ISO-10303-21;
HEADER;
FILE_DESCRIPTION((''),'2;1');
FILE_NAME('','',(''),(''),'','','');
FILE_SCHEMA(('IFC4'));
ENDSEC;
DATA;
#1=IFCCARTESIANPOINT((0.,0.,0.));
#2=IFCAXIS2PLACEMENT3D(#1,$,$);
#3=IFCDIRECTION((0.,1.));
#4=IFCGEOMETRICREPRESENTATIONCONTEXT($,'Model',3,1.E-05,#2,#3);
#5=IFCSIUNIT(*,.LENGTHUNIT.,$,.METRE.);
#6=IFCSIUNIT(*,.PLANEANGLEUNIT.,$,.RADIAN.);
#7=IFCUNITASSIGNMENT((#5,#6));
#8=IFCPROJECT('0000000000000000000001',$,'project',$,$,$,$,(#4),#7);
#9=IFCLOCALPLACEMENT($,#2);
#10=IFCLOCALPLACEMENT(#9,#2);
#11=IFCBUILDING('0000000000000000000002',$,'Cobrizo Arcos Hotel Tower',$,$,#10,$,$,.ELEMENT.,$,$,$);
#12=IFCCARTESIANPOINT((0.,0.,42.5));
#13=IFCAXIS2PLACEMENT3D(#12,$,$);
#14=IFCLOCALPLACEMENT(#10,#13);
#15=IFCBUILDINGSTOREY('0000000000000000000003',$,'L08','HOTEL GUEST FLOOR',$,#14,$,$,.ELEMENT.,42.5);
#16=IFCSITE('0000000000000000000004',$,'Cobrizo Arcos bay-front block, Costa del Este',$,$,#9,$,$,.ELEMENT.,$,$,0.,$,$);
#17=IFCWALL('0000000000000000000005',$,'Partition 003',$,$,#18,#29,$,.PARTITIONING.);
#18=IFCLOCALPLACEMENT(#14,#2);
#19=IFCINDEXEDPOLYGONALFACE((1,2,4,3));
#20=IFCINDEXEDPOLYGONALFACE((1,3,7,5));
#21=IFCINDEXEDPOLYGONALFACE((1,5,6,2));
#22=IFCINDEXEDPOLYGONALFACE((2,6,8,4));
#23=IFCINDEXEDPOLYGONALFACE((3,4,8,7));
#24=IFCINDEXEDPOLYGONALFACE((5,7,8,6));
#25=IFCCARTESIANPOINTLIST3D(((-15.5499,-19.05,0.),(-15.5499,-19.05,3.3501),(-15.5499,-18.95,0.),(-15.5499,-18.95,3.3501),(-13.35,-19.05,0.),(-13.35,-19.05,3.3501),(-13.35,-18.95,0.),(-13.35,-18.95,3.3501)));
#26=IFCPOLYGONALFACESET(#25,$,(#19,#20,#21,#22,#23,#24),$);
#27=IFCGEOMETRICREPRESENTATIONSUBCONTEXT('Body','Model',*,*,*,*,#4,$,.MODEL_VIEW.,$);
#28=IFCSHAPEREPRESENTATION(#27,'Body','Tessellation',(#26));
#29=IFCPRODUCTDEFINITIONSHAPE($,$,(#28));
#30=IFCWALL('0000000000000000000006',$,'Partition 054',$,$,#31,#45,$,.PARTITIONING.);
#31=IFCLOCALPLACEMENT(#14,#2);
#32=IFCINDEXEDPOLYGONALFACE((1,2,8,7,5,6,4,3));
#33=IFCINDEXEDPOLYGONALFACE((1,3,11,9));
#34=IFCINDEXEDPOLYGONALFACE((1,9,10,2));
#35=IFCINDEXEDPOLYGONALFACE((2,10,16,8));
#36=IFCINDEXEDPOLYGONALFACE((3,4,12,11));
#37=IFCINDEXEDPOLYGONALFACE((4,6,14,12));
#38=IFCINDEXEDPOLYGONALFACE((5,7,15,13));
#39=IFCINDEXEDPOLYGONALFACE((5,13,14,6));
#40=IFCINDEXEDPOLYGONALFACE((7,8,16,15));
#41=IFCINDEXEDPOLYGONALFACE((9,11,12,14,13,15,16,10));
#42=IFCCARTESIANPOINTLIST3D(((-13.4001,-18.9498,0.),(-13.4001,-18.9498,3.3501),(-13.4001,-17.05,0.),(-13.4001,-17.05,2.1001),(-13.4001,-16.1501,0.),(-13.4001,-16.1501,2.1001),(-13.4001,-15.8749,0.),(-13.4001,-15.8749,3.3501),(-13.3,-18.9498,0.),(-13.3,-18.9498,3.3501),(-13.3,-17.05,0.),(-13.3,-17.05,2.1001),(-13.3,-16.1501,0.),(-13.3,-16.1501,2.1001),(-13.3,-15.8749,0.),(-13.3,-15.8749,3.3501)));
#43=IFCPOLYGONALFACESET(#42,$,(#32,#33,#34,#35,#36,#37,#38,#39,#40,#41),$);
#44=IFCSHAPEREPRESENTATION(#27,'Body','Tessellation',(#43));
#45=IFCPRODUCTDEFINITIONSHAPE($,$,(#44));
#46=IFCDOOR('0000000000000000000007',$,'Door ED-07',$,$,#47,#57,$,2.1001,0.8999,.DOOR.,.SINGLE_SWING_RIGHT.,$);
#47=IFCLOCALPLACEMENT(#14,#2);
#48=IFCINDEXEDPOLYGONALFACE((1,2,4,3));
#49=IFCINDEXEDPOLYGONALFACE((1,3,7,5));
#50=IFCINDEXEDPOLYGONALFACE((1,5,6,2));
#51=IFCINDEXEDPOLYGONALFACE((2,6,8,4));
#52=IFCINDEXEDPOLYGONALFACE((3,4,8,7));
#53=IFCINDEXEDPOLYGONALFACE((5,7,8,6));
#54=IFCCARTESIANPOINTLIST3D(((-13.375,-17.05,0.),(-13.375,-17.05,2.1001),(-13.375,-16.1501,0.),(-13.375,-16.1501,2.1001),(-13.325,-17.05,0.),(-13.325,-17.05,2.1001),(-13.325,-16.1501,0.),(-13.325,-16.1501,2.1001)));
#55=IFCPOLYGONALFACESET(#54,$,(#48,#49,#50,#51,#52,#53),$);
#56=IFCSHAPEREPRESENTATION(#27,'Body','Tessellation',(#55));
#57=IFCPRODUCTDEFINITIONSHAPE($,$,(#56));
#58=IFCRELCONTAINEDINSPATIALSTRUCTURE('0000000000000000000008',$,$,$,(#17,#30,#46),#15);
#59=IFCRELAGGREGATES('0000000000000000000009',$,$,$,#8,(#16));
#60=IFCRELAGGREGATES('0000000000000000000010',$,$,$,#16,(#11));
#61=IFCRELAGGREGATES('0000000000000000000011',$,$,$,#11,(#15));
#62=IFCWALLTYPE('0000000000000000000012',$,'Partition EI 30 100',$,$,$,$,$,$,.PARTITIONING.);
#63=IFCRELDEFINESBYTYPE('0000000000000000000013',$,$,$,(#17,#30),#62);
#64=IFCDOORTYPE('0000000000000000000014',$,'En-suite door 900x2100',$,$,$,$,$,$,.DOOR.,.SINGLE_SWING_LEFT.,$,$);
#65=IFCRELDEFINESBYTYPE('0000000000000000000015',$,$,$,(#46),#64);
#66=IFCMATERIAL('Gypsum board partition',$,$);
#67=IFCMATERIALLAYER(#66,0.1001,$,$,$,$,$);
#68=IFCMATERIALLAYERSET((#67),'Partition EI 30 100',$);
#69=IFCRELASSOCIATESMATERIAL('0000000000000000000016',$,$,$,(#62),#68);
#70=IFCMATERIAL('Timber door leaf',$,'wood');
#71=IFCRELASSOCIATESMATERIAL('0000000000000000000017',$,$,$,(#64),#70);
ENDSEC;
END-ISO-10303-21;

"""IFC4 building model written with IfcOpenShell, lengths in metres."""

from ifc_helpers import new_model, si_unit, direction, frame, frame_2d, origin, place, context, subcontext, project, spatial, rectangle, extrude, material, layer, layer_set, type_object, element, fill, save


model = new_model("IFC4")

# Units and contexts
model_context = context("Model", 3, precision=1e-05, world=origin(), true_north=direction((0.0, 1.0)))
body_context = subcontext(model_context, "Body", "Model", "MODEL_VIEW")
ifc_project = project(units=[si_unit("LENGTHUNIT", "METRE"), si_unit("PLANEANGLEUNIT", "RADIAN")], contexts=[model_context])

# Site, building, storey
site_placement = place(None, origin())
site = spatial("IfcSite", under=ifc_project, at=site_placement, Name="Cobrizo Arcos bay-front block, Costa del Este", CompositionType="ELEMENT", RefElevation=0.0)
building_placement = place(site_placement, origin())
building = spatial("IfcBuilding", under=site, at=building_placement, Name="Cobrizo Arcos Hotel Tower", CompositionType="ELEMENT")
storey_placement = place(building_placement, frame((0.0, 0.0, 42.5)))
storey = spatial("IfcBuildingStorey", under=building, at=storey_placement, Name="L08", Description="HOTEL GUEST FLOOR", CompositionType="ELEMENT", Elevation=42.5)

# Shared definitions
ifc_material_1 = material(Name="Gypsum board partition")
ifc_material_2 = material(Name="Timber door leaf", Category="wood")

# Wall
ifc_layer_1 = layer(ifc_material_1, 0.1001)
ifc_layer_set_1 = layer_set([ifc_layer_1], Name="Partition EI 30 100")
wall_type_1 = type_object("IfcWallType", Name="Partition EI 30 100", PredefinedType="PARTITIONING", material=ifc_layer_set_1)
wall_1_placement = place(storey_placement, frame((-15.55, -19.0, 0.0), z_axis=(0.0, 0.0, 1.0), x_axis=(1.0, 0.0, 0.0)))
element("IfcWall", 1, at=wall_1_placement, inside=storey, type_object=wall_type_1, Name="Partition 003", PredefinedType="PARTITIONING", context=body_context, shape_type="SweptSolid", body=[
    extrude(rectangle(XDim=2.2, YDim=0.1001, at=frame_2d((1.1001, 0.0))), origin(), (0.0, 0.0, 1.0), 3.3501),
])

# Wall, opening, door
wall_2_placement = place(storey_placement, frame((-13.3501, -18.95, 0.0), z_axis=(0.0, 0.0, 1.0), x_axis=(0.0, 1.0, 0.0)))
wall_2 = element("IfcWall", 2, at=wall_2_placement, inside=storey, type_object=wall_type_1, Name="Partition 054", PredefinedType="PARTITIONING", context=body_context, shape_type="SweptSolid", body=[
    extrude(rectangle(XDim=3.075, YDim=0.1001, at=frame_2d((1.5376, 0.0))), origin(), (0.0, 0.0, 1.0), 3.3501),
])
opening_1_placement = place(wall_2_placement, frame((1.8999, 0.0, 0.0)))
opening_1 = element("IfcOpeningElement", 3, at=opening_1_placement, cuts=wall_2, PredefinedType="OPENING", context=body_context, shape_type="SweptSolid", body=[
    extrude(rectangle(XDim=0.8999, YDim=2.1001, at=frame_2d((0.45, 1.05))), frame((0.0, 0.062, 0.0), z_axis=(0.0, -1.0, 0.0), x_axis=(1.0, 0.0, 0.0)), (0.0, 0.0, 1.0), 0.124),
])
door_type_1 = type_object("IfcDoorType", Name="En-suite door 900x2100", OperationType="SINGLE_SWING_LEFT", PredefinedType="DOOR", material=ifc_material_2)
door_1_placement = place(opening_1_placement, origin())
door_1 = element("IfcDoor", 4, at=door_1_placement, inside=storey, type_object=door_type_1, Name="Door ED-07", OperationType="SINGLE_SWING_RIGHT", OverallHeight=2.1001, OverallWidth=0.8999, PredefinedType="DOOR", context=body_context, shape_type="SweptSolid", body=[
    extrude(rectangle(XDim=0.8999, YDim=2.1001, at=frame_2d((0.45, 1.05))), frame((0.0, 0.0249, 0.0), z_axis=(0.0, -1.0, 0.0), x_axis=(1.0, 0.0, 0.0)), (0.0, 0.0, 1.0), 0.05),
])
fill(opening_1, door_1)

save(model, "model.ifc")
